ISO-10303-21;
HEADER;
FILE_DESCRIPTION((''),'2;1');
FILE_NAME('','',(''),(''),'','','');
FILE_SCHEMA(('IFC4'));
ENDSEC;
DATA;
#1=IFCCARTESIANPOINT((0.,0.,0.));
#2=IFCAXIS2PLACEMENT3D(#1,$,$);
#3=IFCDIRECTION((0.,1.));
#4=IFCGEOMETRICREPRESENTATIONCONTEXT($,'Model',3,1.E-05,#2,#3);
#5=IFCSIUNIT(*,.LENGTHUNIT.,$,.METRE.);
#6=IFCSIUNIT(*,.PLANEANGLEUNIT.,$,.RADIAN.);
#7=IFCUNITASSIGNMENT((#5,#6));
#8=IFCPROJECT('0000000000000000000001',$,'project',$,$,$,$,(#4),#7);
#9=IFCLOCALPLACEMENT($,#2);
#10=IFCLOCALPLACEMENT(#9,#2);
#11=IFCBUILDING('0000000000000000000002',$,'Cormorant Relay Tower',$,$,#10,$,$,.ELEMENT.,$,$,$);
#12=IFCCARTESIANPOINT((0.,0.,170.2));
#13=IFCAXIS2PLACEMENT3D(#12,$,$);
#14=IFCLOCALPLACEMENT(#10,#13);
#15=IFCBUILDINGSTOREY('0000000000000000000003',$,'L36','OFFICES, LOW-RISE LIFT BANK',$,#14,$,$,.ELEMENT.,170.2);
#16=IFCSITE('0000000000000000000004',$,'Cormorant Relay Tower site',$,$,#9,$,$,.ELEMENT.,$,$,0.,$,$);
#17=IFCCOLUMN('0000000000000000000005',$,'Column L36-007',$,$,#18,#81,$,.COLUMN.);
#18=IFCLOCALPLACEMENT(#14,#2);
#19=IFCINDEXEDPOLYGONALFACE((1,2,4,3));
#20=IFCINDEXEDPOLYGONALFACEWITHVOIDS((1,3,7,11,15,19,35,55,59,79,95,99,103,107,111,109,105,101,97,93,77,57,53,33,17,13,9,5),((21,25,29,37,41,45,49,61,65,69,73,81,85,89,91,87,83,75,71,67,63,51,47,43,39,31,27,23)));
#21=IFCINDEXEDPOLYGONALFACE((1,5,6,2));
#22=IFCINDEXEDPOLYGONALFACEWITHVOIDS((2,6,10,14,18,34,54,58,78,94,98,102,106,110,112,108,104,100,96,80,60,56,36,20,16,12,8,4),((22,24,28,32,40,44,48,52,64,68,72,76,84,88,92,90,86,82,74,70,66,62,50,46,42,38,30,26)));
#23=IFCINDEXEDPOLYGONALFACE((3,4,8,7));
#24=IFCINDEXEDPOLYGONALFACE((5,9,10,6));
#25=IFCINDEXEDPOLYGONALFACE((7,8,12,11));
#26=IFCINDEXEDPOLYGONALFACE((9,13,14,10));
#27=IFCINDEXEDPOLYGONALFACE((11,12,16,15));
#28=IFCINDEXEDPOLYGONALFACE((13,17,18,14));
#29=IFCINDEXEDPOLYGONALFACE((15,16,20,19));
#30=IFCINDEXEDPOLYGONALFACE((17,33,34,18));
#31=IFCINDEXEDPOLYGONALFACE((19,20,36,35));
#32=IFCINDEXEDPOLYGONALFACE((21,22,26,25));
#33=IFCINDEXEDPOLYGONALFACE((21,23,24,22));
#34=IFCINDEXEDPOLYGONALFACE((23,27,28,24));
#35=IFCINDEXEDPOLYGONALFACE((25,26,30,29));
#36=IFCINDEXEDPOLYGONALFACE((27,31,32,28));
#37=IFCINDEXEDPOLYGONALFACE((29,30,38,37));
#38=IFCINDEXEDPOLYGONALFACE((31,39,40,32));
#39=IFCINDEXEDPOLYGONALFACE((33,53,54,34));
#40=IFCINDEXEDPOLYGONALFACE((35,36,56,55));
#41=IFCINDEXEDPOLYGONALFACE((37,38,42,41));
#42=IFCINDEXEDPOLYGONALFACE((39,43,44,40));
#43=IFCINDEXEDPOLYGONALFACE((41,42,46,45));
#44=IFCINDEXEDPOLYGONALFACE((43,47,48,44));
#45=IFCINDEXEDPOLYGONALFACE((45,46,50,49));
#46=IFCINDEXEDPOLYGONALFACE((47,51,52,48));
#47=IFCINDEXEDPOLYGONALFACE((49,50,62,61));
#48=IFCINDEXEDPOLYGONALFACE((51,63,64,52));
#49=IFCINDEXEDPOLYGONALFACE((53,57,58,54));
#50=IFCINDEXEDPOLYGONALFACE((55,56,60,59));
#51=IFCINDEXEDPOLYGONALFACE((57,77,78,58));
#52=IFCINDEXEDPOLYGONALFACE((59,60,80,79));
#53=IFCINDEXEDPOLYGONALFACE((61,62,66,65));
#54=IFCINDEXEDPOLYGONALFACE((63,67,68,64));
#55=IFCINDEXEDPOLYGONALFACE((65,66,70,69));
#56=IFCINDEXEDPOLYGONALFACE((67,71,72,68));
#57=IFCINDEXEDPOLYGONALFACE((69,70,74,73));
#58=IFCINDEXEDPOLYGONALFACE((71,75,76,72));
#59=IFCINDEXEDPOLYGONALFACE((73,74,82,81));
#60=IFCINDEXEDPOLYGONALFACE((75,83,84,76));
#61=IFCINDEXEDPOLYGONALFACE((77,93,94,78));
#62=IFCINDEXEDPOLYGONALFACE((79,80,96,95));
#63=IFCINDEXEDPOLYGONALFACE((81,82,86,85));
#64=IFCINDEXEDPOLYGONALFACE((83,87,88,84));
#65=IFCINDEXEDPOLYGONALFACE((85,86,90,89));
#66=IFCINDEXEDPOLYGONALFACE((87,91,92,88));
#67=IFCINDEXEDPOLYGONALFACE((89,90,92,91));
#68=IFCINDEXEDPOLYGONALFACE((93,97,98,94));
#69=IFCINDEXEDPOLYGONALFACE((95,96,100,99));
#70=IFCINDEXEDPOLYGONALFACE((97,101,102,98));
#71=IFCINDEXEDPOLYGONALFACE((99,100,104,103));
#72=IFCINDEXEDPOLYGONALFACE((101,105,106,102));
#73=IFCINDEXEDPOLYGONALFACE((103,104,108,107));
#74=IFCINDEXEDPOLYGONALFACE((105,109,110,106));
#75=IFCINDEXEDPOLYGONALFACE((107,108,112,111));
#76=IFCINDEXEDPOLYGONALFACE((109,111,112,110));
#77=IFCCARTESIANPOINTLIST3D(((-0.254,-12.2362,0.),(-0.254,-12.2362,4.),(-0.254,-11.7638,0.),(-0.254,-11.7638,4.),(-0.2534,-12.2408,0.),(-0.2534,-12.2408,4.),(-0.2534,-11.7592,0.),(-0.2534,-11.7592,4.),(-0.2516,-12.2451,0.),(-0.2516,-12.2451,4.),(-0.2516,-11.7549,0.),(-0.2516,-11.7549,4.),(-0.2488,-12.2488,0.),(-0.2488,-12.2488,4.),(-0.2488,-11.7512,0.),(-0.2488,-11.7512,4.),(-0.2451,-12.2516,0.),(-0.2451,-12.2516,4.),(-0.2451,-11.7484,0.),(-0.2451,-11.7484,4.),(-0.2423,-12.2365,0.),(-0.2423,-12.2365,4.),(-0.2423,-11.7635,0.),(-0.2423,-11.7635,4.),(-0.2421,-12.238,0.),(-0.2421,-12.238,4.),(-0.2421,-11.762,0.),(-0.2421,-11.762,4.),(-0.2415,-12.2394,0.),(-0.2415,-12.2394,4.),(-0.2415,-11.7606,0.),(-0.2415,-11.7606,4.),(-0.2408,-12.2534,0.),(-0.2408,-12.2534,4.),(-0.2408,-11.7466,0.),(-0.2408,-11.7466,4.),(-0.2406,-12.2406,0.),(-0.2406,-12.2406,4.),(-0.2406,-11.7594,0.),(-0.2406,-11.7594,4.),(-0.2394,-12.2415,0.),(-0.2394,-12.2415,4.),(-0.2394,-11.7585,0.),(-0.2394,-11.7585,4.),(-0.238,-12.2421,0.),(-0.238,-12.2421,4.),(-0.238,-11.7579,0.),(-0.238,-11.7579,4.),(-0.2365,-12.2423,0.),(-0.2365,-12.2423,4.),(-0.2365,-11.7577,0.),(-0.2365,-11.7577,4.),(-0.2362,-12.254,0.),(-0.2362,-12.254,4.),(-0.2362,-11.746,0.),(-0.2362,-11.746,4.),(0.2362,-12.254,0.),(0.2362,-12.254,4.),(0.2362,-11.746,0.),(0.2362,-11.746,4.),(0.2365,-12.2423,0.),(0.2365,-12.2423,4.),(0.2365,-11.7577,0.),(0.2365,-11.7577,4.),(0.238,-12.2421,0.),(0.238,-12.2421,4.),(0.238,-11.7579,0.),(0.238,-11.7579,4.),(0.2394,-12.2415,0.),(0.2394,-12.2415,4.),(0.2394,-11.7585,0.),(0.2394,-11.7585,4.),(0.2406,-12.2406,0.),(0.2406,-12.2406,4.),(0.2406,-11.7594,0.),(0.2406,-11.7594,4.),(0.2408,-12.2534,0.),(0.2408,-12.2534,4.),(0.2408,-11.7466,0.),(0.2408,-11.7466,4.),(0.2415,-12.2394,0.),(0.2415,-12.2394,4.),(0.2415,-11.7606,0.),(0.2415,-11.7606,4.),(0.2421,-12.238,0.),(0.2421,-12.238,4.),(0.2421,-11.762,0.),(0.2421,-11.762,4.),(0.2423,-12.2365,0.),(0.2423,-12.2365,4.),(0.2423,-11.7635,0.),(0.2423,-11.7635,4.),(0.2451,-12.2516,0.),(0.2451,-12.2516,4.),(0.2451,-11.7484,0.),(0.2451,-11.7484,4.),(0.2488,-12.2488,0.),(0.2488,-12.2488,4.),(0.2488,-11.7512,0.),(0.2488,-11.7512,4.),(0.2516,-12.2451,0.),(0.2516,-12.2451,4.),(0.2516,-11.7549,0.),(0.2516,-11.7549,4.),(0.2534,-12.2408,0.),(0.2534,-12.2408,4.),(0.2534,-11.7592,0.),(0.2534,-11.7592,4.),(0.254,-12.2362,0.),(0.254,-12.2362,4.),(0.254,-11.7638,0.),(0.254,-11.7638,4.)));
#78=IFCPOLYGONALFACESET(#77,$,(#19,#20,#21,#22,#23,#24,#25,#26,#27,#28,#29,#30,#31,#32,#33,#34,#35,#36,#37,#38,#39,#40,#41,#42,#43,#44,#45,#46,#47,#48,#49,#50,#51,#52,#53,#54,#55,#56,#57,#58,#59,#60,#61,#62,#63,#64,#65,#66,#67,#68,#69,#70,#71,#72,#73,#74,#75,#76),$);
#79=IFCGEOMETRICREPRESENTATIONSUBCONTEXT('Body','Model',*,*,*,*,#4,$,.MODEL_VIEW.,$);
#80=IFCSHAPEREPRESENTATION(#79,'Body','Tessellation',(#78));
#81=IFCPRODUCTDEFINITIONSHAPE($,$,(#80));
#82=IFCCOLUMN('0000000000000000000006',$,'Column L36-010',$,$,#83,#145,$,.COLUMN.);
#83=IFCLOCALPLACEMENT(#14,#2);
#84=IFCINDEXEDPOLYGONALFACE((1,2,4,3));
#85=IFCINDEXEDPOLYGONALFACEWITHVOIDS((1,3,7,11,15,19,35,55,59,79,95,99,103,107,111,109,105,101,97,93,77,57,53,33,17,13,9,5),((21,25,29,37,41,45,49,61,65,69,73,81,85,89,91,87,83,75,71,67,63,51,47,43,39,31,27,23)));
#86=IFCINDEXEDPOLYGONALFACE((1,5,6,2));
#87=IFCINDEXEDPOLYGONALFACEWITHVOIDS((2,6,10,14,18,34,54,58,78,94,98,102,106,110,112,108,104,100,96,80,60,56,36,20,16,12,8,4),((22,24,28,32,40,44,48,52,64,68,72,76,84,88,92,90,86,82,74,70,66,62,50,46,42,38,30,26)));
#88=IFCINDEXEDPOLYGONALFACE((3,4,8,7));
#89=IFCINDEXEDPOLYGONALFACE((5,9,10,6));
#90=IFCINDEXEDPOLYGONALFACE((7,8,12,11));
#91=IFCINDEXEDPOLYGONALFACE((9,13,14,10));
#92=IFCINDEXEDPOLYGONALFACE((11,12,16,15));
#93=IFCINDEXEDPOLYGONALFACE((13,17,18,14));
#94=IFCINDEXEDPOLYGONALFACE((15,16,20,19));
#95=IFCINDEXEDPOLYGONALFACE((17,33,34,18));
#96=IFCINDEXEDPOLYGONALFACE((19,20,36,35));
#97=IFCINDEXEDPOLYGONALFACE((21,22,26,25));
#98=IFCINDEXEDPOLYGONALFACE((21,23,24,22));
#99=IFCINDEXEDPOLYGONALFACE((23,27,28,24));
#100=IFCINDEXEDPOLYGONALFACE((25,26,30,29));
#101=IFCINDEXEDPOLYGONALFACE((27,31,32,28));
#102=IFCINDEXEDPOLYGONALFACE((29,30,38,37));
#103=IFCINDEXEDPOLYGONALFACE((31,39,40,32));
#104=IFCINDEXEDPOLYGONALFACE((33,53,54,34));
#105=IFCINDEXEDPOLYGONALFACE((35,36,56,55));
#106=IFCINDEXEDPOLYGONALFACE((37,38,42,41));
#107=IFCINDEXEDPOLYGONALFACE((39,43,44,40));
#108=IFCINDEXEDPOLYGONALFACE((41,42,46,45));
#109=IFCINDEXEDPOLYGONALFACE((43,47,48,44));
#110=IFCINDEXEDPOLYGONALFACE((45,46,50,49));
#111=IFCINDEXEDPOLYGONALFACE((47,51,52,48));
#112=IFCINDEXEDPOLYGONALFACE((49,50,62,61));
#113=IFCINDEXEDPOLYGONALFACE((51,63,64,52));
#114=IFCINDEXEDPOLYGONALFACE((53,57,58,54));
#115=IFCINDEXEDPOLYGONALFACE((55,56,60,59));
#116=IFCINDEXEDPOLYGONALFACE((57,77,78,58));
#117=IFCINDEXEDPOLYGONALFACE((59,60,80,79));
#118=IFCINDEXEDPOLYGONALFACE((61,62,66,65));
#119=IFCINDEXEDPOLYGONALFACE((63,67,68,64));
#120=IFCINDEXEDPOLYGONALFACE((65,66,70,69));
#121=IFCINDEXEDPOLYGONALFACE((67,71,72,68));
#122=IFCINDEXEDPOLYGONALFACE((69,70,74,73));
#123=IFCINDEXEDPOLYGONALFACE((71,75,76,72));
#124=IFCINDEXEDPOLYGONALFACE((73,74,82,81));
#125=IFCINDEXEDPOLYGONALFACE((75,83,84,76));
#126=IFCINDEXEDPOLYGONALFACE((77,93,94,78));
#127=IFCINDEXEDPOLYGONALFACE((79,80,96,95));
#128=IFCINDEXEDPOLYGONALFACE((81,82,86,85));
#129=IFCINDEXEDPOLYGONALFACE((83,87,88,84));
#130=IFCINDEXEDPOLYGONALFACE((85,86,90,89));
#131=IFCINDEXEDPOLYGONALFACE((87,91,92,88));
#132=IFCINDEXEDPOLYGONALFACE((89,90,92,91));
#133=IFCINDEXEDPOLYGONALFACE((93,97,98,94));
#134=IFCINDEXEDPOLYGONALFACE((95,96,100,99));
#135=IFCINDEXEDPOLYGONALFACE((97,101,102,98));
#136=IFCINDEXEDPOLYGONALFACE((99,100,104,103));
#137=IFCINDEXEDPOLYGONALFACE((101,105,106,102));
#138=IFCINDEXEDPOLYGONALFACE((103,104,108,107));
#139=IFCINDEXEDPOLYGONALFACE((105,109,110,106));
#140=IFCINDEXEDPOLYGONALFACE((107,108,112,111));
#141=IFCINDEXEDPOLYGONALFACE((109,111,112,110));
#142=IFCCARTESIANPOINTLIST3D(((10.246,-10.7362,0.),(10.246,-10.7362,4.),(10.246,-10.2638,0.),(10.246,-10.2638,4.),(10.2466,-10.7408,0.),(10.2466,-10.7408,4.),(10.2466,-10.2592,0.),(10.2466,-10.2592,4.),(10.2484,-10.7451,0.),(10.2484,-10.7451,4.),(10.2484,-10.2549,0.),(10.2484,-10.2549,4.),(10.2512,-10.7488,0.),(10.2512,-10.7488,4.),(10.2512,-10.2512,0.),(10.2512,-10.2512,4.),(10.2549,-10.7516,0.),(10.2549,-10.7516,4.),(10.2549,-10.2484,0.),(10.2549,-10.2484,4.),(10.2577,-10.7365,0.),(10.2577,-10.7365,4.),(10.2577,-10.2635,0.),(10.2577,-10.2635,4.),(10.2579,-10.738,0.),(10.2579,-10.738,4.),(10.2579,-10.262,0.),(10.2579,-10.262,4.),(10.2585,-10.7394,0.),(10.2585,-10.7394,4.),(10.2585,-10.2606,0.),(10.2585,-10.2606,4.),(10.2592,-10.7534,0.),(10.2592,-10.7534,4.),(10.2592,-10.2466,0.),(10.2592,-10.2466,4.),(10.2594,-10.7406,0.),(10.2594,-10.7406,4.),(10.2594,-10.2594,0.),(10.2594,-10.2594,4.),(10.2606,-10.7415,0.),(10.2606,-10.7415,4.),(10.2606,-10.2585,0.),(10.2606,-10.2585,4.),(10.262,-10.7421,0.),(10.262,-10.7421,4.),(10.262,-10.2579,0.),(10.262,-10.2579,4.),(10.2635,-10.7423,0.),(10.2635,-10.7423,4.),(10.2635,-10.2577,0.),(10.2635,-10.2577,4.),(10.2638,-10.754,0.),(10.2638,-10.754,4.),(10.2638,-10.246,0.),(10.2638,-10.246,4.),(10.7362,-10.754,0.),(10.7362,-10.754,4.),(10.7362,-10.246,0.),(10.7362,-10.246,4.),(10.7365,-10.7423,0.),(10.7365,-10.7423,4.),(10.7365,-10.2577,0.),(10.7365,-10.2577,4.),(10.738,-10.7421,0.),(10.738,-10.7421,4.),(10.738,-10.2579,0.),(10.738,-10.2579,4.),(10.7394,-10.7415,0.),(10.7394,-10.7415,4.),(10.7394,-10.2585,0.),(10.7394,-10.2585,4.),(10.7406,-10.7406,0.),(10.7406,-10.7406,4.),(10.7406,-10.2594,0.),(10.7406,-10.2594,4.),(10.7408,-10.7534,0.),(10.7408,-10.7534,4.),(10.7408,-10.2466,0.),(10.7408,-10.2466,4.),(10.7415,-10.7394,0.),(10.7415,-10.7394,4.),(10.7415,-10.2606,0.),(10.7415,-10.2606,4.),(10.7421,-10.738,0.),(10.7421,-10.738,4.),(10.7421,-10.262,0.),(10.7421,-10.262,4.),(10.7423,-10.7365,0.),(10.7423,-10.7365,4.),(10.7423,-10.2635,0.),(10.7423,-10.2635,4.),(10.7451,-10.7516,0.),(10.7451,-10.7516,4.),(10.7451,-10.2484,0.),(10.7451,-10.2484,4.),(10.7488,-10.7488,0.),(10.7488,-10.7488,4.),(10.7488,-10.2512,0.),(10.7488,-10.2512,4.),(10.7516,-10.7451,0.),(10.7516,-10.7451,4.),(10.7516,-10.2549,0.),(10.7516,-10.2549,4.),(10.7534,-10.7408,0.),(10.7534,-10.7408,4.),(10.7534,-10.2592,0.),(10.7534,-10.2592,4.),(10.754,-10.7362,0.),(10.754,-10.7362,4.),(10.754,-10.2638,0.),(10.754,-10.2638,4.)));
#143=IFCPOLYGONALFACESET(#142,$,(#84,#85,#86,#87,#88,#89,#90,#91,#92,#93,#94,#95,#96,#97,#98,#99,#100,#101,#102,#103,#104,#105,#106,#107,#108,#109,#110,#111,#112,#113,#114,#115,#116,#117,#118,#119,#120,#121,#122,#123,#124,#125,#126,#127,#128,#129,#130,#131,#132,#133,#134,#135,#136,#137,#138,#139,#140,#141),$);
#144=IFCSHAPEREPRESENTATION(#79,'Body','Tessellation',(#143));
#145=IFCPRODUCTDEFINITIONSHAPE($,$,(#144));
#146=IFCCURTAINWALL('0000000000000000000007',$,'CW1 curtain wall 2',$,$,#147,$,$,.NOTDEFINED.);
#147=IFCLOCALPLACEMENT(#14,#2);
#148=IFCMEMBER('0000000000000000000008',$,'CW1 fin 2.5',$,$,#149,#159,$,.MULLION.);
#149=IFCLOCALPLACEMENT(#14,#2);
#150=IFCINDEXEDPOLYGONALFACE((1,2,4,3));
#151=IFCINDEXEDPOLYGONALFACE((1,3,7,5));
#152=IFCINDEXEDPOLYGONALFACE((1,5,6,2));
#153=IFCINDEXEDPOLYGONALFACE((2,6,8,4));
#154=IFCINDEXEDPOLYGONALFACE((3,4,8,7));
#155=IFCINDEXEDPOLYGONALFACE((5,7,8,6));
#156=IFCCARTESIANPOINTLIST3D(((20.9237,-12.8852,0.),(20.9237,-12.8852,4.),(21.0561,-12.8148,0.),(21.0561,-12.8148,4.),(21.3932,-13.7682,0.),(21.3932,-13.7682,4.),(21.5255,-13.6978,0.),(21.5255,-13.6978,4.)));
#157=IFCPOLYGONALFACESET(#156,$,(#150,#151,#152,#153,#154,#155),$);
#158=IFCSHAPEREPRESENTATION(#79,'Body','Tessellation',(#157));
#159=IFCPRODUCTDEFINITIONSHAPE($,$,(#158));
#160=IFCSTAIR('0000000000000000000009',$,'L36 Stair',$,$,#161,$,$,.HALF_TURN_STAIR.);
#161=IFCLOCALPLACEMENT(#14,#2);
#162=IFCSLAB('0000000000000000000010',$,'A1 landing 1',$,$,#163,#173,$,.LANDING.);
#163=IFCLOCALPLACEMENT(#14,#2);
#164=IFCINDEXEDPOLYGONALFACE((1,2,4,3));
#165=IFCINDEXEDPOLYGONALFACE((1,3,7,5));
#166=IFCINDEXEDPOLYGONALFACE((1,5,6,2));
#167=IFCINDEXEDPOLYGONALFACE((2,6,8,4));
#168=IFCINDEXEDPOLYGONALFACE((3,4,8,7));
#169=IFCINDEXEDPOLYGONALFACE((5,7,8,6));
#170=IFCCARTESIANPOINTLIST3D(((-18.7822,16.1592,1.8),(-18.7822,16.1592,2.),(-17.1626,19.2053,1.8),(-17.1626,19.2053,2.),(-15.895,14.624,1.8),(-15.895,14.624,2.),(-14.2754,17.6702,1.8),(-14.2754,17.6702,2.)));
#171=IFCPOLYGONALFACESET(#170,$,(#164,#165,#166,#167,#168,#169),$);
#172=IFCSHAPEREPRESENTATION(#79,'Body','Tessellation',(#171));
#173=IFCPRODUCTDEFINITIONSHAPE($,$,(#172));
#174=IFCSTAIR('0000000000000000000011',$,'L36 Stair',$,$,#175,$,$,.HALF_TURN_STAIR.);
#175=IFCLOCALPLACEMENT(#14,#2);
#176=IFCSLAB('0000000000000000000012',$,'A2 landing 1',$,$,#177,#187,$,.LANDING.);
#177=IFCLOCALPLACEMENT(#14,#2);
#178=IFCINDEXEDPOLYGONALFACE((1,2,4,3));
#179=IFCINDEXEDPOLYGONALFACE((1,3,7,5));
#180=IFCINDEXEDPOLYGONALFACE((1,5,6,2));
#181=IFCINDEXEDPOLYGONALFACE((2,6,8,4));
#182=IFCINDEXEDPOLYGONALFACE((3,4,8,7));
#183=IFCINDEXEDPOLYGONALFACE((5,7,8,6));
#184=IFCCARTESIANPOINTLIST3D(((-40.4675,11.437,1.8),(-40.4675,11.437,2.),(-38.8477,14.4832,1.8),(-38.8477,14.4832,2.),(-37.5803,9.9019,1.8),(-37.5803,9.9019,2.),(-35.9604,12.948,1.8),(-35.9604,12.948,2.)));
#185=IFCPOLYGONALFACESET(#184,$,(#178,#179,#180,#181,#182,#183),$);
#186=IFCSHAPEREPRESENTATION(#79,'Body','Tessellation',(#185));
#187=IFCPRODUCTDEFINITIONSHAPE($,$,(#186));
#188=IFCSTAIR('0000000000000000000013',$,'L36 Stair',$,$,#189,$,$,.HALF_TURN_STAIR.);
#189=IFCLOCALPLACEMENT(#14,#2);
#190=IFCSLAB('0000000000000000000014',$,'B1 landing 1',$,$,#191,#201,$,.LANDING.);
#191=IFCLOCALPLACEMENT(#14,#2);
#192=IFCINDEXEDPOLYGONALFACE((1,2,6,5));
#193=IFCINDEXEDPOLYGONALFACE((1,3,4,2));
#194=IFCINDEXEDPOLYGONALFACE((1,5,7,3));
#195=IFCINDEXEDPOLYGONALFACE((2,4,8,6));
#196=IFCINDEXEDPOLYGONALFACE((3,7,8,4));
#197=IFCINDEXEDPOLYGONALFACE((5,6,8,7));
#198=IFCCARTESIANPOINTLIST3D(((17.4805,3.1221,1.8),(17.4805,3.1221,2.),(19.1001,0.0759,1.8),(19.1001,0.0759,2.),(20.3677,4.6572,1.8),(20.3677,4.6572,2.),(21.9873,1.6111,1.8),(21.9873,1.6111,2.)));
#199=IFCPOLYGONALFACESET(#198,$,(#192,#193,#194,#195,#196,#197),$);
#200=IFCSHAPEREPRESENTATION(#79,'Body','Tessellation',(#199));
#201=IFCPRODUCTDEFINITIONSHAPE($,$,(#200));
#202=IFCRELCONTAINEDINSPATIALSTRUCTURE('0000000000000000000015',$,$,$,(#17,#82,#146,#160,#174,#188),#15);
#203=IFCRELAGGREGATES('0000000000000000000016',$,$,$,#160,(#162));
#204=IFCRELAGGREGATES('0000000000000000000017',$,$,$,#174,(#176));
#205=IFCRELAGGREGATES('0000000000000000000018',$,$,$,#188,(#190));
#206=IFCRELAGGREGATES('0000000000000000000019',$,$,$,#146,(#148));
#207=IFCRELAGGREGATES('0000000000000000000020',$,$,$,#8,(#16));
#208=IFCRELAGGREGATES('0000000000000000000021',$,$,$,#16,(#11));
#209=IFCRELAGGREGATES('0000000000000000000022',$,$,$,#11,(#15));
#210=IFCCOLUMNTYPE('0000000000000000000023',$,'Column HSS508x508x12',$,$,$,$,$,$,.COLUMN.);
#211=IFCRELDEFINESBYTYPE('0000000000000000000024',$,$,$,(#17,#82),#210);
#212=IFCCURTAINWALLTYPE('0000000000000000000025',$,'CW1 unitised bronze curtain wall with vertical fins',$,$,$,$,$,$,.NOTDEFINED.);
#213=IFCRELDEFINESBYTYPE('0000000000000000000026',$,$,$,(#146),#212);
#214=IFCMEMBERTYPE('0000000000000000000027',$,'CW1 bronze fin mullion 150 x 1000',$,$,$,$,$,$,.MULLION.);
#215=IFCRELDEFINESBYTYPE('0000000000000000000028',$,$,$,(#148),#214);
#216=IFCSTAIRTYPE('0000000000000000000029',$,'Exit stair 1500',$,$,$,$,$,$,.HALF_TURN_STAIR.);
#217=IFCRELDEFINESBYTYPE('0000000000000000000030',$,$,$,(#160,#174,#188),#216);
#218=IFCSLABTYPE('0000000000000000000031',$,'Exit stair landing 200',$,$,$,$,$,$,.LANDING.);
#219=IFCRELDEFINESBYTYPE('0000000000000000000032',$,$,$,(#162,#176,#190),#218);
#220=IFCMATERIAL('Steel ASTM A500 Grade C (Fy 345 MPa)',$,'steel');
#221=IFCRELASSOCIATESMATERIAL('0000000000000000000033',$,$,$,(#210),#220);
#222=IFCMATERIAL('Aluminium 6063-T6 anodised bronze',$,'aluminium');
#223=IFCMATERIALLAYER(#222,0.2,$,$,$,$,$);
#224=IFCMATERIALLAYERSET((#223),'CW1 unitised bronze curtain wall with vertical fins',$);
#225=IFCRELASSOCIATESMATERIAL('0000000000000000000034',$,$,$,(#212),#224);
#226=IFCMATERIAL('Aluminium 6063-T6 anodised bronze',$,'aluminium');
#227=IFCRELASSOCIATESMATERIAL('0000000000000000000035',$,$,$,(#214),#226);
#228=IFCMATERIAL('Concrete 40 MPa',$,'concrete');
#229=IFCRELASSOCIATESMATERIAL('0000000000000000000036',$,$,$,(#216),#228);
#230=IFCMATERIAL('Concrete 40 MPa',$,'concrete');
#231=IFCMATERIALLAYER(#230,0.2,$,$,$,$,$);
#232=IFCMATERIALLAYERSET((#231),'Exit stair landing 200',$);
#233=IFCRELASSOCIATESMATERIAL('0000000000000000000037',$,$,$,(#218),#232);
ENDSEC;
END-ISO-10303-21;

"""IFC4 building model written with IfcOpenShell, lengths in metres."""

from ifc_helpers import new_model, si_unit, direction, frame, origin, origin_2d, place, context, subcontext, project, spatial, polyline, rectangle, hollow_rectangle, outline, extrude, material, layer, layer_set, material_profile, profile_set, type_object, element, aggregate, save


model = new_model("IFC4")

# Units and contexts
model_context = context("Model", 3, precision=1e-05, world=origin(), true_north=direction((0.0, 1.0)))
body_context = subcontext(model_context, "Body", "Model", "MODEL_VIEW")
ifc_project = project(units=[si_unit("LENGTHUNIT", "METRE"), si_unit("PLANEANGLEUNIT", "RADIAN")], contexts=[model_context])

# Site, building, storey
site_placement = place(None, origin())
site = spatial("IfcSite", under=ifc_project, at=site_placement, Name="Cormorant Relay Tower site", CompositionType="ELEMENT", RefElevation=0.0)
building_placement = place(site_placement, origin())
building = spatial("IfcBuilding", under=site, at=building_placement, Name="Cormorant Relay Tower", CompositionType="ELEMENT")
storey_placement = place(building_placement, frame((0.0, 0.0, 170.2)))
storey = spatial("IfcBuildingStorey", under=building, at=storey_placement, Name="L36", Description="OFFICES, LOW-RISE LIFT BANK", CompositionType="ELEMENT", Elevation=170.2)

# Columns
ifc_material_1 = material(Name="Steel ASTM A500 Grade C (Fy 345 MPa)", Category="steel")
ifc_material_profile_1 = material_profile(ifc_material_1, hollow_rectangle(XDim=0.5081, YDim=0.5081, WallThickness=0.0117, InnerFilletRadius=0.0059, OuterFilletRadius=0.0178, at=origin_2d()), Name="HSS508x508x12")
ifc_profile_set_1 = profile_set([ifc_material_profile_1], Name="Steel ASTM A500 Grade C (Fy 345 MPa)")
column_type = type_object("IfcColumnType", Name="Column HSS508x508x12", PredefinedType="COLUMN", material=ifc_profile_set_1)
for number, where, z_axis, x_axis, name in (
    (1, (0.0, -12.0, 0.0), (0.0, 0.0, 1.0), (1.0, 0.0, 0.0), "Column L36-007"),
    (2, (10.5, -10.5, 0.0), (0.0, 0.0, 1.0), (1.0, 0.0, 0.0), "Column L36-010"),
):
    element("IfcColumn", number, at=place(storey_placement, frame(where, z_axis=z_axis, x_axis=x_axis)), inside=storey, type_object=column_type, Name=name, PredefinedType="COLUMN", context=body_context, shape_type="SweptSolid", body=[
        extrude(hollow_rectangle(XDim=0.5081, YDim=0.5081, WallThickness=0.0117, InnerFilletRadius=0.0059, OuterFilletRadius=0.0178, at=origin_2d()), origin(), (0.0, 0.0, 1.0), 4.0),
    ])

# Curtain wall, member
ifc_material_2 = material(Name="Aluminium 6063-T6 anodised bronze", Category="aluminium")
ifc_layer_1 = layer(ifc_material_2, 0.2)
ifc_layer_set_1 = layer_set([ifc_layer_1], Name="CW1 unitised bronze curtain wall with vertical fins")
curtain_wall_type = type_object("IfcCurtainWallType", Name="CW1 unitised bronze curtain wall with vertical fins", PredefinedType="NOTDEFINED", material=ifc_layer_set_1)
curtain_wall_placement = place(storey_placement, origin())
curtain_wall = element("IfcCurtainWall", 3, at=curtain_wall_placement, inside=storey, type_object=curtain_wall_type, Name="CW1 curtain wall 2", PredefinedType="NOTDEFINED")
ifc_material_3 = material(Name="Aluminium 6063-T6 anodised bronze", Category="aluminium")
ifc_material_profile_2 = material_profile(ifc_material_3, rectangle(XDim=0.1499, YDim=1.0, at=origin_2d()), Name="AL 150x1000")
ifc_profile_set_2 = profile_set([ifc_material_profile_2], Name="Aluminium 6063-T6 anodised bronze")
member_type = type_object("IfcMemberType", Name="CW1 bronze fin mullion 150 x 1000", PredefinedType="MULLION", material=ifc_profile_set_2)
member_placement = place(storey_placement, frame((21.2246, -13.2915, 0.0), z_axis=(0.0, 0.0, 1.0), x_axis=(0.882948, 0.469472, 0.0)))
member = element("IfcMember", 4, at=member_placement, type_object=member_type, Name="CW1 fin 2.5", PredefinedType="MULLION", context=body_context, shape_type="SweptSolid", body=[
    extrude(rectangle(XDim=0.1499, YDim=1.0, at=origin_2d()), origin(), (0.0, 0.0, 1.0), 4.0),
])

# Stairs, slabs
ifc_material_4 = material(Name="Concrete 40 MPa", Category="concrete")
stair_type = type_object("IfcStairType", Name="Exit stair 1500", PredefinedType="HALF_TURN_STAIR", material=ifc_material_4)
stair_1_placement = place(storey_placement, origin())
stair_1 = element("IfcStair", 5, at=stair_1_placement, inside=storey, type_object=stair_type, Name="L36 Stair", PredefinedType="HALF_TURN_STAIR")
ifc_material_5 = material(Name="Concrete 40 MPa", Category="concrete")
ifc_layer_2 = layer(ifc_material_5, 0.2)
ifc_layer_set_2 = layer_set([ifc_layer_2], Name="Exit stair landing 200")
slab_type_1 = type_object("IfcSlabType", Name="Exit stair landing 200", PredefinedType="LANDING", material=ifc_layer_set_2)
slab_1_placement = place(storey_placement, frame((0.0, 0.0, 1.8)))
slab_1 = element("IfcSlab", 6, at=slab_1_placement, type_object=slab_type_1, Name="A1 landing 1", PredefinedType="LANDING", context=body_context, shape_type="SweptSolid", body=[
    extrude(outline(polyline([(-18.7822, 16.1592), (-15.895, 14.624), (-14.2754, 17.6702), (-17.1626, 19.2053), (-18.7822, 16.1592)])), origin(), (0.0, 0.0, 1.0), 0.2),
])
aggregate(stair_1, [slab_1])
stair_2_placement = place(storey_placement, origin())
stair_2 = element("IfcStair", 7, at=stair_2_placement, inside=storey, type_object=stair_type, Name="L36 Stair", PredefinedType="HALF_TURN_STAIR")
slab_2_placement = place(storey_placement, frame((0.0, 0.0, 1.8)))
slab_2 = element("IfcSlab", 8, at=slab_2_placement, type_object=slab_type_1, Name="A2 landing 1", PredefinedType="LANDING", context=body_context, shape_type="SweptSolid", body=[
    extrude(outline(polyline([(-35.9604, 12.948), (-38.8477, 14.4832), (-40.4675, 11.437), (-37.5803, 9.9019), (-35.9604, 12.948)])), origin(), (0.0, 0.0, 1.0), 0.2),
])
aggregate(stair_2, [slab_2])
stair_3_placement = place(storey_placement, origin())
stair_3 = element("IfcStair", 9, at=stair_3_placement, inside=storey, type_object=stair_type, Name="L36 Stair", PredefinedType="HALF_TURN_STAIR")
slab_3_placement = place(storey_placement, frame((0.0, 0.0, 1.8)))
slab_3 = element("IfcSlab", 10, at=slab_3_placement, type_object=slab_type_1, Name="B1 landing 1", PredefinedType="LANDING", context=body_context, shape_type="SweptSolid", body=[
    extrude(outline(polyline([(20.3677, 4.6572), (17.4805, 3.1221), (19.1001, 0.0759), (21.9873, 1.6111), (20.3677, 4.6572)])), origin(), (0.0, 0.0, 1.0), 0.2),
])
aggregate(stair_3, [slab_3])

aggregate(curtain_wall, [member])

save(model, "model.ifc")
